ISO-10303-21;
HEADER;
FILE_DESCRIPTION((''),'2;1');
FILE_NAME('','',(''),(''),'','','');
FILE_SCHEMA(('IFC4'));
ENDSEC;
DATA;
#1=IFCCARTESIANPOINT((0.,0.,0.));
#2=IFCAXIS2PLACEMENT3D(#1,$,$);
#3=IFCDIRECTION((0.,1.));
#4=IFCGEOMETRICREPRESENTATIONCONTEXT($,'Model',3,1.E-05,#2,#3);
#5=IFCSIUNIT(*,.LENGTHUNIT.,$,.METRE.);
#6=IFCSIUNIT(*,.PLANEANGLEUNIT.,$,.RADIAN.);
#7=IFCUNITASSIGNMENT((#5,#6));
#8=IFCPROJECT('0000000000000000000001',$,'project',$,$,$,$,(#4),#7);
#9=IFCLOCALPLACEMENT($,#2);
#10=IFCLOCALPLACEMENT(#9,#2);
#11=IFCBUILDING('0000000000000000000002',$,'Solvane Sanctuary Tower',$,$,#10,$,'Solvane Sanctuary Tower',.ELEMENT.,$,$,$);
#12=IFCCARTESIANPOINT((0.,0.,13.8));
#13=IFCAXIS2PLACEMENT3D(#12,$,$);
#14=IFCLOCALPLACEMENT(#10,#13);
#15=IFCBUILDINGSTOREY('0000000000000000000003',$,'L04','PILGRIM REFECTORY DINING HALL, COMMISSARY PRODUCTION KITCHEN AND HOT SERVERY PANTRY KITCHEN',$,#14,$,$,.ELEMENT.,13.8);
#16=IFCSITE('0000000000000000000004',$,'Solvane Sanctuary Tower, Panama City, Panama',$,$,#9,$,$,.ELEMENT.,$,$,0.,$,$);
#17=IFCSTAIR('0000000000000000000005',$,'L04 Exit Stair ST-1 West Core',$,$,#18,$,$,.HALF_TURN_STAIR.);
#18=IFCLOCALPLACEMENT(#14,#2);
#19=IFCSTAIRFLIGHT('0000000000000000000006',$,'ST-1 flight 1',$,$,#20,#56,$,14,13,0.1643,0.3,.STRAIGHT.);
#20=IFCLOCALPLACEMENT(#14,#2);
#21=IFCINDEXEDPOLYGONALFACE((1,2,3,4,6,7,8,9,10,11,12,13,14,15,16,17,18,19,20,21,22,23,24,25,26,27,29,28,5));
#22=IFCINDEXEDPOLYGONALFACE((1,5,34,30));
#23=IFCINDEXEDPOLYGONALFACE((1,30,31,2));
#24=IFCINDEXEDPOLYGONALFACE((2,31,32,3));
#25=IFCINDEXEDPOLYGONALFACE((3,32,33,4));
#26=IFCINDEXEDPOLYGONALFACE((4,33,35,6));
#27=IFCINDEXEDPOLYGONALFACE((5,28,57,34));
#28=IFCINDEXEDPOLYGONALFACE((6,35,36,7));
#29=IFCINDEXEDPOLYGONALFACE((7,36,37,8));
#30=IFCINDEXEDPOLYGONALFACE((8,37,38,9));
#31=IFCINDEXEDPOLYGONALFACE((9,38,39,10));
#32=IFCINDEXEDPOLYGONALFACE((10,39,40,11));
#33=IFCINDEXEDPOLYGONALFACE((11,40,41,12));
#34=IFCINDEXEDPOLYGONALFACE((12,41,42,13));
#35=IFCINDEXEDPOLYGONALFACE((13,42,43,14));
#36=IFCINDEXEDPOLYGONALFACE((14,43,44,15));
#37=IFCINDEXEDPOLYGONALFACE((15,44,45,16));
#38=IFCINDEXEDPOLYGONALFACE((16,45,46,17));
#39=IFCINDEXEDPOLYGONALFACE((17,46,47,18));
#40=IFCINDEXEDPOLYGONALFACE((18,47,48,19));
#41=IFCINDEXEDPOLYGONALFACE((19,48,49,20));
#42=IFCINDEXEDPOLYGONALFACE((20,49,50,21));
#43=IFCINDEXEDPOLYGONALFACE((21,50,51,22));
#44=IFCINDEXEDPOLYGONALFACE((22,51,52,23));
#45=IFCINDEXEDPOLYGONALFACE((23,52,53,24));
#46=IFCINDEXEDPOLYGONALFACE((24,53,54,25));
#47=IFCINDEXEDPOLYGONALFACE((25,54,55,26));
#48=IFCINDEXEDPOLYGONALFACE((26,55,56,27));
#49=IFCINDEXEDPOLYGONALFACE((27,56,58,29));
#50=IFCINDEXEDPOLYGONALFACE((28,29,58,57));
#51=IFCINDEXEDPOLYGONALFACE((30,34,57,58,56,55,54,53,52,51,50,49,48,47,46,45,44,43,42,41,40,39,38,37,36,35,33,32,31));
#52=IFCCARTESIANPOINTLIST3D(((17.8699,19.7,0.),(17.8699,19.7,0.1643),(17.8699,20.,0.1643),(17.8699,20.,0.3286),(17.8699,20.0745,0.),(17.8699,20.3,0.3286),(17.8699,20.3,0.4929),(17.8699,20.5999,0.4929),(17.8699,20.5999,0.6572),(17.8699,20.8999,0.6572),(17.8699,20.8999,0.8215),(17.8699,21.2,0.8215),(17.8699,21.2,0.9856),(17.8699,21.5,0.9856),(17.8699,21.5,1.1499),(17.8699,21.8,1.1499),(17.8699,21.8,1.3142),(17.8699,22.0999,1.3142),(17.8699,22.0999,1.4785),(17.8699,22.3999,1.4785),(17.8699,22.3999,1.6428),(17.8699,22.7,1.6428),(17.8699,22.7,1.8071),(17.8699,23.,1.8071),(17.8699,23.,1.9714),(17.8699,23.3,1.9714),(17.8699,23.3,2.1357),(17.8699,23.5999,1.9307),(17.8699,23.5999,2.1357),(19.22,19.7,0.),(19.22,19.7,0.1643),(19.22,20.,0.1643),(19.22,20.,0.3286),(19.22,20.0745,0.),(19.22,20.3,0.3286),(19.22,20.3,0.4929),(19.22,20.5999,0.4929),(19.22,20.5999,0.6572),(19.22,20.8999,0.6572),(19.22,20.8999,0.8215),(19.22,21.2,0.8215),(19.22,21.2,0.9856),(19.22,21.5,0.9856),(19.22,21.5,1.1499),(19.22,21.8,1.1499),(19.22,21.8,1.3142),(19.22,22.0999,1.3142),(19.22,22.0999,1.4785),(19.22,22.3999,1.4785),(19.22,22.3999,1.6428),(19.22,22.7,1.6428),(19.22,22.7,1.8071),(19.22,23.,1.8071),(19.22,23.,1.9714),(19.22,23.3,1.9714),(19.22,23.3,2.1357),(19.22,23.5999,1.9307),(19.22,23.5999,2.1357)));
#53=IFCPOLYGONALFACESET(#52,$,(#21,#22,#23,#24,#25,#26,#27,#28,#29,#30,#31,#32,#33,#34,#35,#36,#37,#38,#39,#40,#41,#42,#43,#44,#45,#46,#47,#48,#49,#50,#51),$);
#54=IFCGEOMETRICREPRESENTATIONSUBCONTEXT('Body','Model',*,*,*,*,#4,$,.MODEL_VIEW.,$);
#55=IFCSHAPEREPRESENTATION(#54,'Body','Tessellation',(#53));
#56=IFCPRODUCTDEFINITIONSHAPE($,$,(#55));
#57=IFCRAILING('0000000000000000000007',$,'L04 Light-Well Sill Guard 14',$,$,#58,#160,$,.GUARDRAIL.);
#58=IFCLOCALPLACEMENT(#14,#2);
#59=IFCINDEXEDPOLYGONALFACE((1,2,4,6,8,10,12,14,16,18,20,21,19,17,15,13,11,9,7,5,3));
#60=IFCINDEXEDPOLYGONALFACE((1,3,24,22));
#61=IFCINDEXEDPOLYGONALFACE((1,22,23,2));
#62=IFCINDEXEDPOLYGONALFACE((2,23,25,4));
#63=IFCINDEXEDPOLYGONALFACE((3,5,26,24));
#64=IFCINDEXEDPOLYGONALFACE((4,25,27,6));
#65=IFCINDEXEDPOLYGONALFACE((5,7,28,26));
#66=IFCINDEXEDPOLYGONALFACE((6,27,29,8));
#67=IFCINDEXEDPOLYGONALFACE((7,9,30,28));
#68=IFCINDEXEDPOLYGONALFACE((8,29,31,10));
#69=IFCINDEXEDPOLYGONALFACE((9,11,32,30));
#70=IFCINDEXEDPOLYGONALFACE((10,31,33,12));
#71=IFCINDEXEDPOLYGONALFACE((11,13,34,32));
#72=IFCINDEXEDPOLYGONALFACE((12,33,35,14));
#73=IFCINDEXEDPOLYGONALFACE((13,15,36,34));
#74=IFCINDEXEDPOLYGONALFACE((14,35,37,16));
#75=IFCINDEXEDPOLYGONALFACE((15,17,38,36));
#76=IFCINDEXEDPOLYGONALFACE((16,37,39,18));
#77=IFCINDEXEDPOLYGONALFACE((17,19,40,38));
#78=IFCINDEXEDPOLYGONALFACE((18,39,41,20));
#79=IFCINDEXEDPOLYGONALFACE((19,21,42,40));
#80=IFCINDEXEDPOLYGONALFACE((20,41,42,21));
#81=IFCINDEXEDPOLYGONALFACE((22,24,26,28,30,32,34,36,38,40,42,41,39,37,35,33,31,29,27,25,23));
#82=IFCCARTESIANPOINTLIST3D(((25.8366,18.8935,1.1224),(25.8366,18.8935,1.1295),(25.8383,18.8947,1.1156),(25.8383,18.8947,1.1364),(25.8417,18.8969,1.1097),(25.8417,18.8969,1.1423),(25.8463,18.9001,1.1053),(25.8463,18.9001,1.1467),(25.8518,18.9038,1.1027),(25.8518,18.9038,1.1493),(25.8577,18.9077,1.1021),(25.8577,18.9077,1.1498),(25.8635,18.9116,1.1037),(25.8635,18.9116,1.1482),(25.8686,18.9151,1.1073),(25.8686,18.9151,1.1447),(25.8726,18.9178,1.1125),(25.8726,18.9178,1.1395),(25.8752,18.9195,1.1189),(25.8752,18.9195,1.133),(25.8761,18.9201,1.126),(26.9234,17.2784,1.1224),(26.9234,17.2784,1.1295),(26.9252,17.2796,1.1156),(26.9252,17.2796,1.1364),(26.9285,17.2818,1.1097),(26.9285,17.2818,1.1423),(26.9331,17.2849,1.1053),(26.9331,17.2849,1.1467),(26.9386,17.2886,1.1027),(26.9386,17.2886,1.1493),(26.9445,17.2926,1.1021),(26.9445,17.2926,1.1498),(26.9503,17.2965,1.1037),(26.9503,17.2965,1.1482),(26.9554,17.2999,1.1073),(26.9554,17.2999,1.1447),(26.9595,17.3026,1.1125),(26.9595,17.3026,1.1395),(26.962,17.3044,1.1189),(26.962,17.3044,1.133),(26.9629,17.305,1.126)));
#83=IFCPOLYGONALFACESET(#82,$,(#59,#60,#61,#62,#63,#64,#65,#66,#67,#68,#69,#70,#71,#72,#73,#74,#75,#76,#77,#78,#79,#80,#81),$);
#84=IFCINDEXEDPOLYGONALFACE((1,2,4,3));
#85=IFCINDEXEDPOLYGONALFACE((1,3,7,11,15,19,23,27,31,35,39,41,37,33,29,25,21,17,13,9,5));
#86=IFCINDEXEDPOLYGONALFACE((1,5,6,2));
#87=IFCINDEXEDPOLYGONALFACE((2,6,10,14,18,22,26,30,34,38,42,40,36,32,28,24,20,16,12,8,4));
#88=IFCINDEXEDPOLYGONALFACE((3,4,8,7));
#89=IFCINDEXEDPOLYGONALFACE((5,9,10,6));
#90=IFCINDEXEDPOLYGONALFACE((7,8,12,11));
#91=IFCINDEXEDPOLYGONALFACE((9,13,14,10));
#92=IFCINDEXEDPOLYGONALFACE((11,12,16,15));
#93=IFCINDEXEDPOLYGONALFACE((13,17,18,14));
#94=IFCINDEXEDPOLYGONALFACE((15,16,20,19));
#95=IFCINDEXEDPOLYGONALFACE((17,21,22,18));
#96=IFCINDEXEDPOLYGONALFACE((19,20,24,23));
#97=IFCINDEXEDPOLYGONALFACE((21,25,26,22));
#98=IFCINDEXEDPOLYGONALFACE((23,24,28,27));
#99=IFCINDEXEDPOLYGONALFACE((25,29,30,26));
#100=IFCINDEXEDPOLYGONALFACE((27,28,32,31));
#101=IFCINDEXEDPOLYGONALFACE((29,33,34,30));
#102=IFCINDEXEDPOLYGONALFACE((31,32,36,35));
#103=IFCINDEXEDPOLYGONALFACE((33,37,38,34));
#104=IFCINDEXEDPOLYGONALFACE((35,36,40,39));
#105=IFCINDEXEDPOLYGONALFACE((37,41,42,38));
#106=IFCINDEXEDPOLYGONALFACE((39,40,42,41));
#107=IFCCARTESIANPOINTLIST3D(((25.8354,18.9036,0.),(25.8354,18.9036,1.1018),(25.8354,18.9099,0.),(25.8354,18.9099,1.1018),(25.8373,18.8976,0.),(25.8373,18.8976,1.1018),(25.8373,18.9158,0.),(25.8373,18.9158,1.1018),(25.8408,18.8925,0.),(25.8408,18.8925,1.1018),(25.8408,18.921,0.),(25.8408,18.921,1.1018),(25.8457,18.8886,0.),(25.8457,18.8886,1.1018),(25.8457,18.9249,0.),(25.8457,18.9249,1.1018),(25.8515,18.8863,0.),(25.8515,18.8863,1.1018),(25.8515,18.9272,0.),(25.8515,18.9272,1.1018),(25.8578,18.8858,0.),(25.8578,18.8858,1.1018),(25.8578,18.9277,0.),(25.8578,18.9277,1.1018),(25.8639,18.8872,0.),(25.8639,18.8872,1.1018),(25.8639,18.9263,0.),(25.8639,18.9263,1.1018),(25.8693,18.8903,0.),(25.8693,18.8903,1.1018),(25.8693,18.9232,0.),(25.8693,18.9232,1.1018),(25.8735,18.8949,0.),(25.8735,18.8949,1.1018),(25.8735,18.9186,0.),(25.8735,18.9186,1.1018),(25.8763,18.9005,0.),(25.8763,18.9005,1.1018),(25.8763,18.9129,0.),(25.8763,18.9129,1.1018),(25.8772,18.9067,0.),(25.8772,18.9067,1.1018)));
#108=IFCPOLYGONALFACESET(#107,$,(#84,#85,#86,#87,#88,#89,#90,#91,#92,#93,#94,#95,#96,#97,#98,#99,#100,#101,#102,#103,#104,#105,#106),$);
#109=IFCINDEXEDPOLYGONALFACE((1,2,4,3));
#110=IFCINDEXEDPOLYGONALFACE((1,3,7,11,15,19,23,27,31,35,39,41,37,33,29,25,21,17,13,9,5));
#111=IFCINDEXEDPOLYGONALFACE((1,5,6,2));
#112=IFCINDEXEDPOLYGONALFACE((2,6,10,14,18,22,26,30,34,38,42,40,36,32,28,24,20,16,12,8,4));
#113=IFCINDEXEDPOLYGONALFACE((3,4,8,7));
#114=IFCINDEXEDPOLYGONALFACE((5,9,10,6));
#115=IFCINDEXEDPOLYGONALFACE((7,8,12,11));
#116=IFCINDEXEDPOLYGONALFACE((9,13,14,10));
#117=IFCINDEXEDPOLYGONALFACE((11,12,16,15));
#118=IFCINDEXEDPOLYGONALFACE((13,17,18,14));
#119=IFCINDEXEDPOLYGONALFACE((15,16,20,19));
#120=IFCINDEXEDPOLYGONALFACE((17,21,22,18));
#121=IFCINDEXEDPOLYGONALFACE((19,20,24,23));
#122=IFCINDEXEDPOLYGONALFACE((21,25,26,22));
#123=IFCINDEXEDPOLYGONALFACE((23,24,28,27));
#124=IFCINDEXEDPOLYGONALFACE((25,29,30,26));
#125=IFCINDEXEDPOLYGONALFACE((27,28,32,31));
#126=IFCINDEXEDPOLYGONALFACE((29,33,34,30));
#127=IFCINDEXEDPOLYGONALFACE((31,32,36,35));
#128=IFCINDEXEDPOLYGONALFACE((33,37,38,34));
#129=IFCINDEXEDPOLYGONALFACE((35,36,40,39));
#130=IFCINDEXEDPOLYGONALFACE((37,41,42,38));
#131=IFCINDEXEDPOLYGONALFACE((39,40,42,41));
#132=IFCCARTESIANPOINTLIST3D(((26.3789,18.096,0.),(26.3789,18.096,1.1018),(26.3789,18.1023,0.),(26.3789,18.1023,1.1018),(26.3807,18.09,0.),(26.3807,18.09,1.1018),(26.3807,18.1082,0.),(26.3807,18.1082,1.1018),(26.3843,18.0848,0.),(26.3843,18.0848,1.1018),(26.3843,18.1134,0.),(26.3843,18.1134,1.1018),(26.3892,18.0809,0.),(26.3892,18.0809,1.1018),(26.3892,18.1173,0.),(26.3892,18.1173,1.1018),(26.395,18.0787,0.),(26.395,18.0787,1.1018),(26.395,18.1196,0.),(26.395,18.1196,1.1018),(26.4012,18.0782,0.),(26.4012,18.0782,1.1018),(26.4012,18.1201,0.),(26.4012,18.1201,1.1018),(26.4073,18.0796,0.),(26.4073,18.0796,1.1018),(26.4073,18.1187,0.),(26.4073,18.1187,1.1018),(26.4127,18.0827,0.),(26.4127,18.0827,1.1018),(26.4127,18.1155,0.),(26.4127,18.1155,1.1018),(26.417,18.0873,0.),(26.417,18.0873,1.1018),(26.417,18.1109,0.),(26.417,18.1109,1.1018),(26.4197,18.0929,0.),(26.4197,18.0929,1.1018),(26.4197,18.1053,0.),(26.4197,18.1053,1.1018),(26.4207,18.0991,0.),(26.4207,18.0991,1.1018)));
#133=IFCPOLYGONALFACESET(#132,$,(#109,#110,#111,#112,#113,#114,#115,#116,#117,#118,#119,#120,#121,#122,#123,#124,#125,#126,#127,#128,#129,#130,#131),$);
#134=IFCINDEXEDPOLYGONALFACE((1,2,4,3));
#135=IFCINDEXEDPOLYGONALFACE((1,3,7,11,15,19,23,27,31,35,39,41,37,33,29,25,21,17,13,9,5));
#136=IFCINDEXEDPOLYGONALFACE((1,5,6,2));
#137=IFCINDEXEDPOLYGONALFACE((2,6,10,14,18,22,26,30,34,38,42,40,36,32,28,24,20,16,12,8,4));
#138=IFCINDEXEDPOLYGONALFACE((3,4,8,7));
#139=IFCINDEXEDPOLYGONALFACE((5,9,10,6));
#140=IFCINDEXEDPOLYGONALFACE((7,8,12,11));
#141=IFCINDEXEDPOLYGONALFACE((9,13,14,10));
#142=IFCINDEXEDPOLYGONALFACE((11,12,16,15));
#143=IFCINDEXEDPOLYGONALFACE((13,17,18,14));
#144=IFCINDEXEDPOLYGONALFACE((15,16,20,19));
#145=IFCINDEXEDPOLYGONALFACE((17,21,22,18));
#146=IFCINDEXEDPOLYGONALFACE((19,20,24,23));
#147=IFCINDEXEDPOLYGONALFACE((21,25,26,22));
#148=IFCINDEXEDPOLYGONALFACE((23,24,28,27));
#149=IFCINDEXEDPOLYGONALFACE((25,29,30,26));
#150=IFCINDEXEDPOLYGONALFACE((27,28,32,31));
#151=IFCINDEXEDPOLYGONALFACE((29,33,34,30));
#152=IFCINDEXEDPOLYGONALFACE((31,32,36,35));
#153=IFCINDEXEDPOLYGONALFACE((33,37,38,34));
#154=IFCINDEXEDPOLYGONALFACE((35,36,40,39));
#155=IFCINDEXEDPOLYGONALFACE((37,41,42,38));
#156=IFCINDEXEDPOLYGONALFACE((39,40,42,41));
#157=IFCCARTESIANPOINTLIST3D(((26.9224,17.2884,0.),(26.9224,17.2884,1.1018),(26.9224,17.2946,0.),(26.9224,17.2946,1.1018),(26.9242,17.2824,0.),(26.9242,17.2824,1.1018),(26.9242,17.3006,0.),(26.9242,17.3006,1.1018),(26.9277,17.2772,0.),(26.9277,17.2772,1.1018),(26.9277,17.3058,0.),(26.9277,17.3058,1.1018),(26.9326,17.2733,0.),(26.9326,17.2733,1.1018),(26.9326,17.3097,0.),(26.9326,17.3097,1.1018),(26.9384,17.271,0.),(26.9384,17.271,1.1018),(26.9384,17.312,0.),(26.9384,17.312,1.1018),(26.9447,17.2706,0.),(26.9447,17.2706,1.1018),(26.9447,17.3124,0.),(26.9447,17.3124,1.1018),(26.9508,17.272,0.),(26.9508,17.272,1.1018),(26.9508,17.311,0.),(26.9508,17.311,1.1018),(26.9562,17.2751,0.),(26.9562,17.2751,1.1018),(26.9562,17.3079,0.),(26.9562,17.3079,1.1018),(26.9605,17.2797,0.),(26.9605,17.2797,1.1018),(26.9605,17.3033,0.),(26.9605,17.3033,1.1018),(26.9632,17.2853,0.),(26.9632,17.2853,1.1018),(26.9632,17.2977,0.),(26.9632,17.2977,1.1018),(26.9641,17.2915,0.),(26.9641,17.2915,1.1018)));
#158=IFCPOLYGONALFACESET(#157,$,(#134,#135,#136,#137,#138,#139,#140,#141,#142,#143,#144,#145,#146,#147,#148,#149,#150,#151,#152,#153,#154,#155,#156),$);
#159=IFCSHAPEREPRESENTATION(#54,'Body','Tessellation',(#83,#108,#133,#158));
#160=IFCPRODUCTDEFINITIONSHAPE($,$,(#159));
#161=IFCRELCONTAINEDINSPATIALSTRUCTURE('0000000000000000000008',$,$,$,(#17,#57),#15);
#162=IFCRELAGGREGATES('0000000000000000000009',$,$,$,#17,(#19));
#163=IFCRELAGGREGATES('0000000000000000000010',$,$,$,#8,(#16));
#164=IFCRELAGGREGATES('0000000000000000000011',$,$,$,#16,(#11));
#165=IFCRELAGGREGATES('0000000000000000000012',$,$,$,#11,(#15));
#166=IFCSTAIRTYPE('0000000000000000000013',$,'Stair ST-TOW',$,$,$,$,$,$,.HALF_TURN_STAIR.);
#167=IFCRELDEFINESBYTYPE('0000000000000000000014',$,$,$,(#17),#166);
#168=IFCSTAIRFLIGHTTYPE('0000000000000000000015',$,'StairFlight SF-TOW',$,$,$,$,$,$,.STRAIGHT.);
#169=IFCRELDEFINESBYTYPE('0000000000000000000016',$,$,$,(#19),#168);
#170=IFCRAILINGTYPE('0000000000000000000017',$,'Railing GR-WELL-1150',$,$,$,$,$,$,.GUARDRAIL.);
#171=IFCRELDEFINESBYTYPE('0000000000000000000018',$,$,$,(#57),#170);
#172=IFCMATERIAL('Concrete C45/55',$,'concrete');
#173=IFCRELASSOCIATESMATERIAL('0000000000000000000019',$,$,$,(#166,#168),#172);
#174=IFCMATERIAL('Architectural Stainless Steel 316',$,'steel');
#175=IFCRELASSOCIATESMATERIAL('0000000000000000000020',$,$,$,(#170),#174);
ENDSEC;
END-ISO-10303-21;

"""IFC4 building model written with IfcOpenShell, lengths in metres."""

from ifc_helpers import new_model, si_unit, direction, frame, origin, origin_2d, place, context, subcontext, project, spatial, polyline, circle, outline, extrude, material, type_object, element, aggregate, save


model = new_model("IFC4")

# Units and contexts
model_context = context("Model", 3, precision=1e-05, world=origin(), true_north=direction((0.0, 1.0)))
body_context = subcontext(model_context, "Body", "Model", "MODEL_VIEW")
ifc_project = project(units=[si_unit("LENGTHUNIT", "METRE"), si_unit("PLANEANGLEUNIT", "RADIAN")], contexts=[model_context])

# Site, building, storey
site_placement = place(None, origin())
site = spatial("IfcSite", under=ifc_project, at=site_placement, Name="Solvane Sanctuary Tower, Panama City, Panama", CompositionType="ELEMENT", RefElevation=0.0)
building_placement = place(site_placement, origin())
building = spatial("IfcBuilding", under=site, at=building_placement, Name="Solvane Sanctuary Tower", LongName="Solvane Sanctuary Tower", CompositionType="ELEMENT")
storey_placement = place(building_placement, frame((0.0, 0.0, 13.8)))
storey = spatial("IfcBuildingStorey", under=building, at=storey_placement, Name="L04", Description="PILGRIM REFECTORY DINING HALL, COMMISSARY PRODUCTION KITCHEN AND HOT SERVERY PANTRY KITCHEN", CompositionType="ELEMENT", Elevation=13.8)

# Shared definitions
ifc_material_1 = material(Name="Architectural Stainless Steel 316", Category="steel")

# Stair, stair flight
ifc_material_2 = material(Name="Concrete C45/55", Category="concrete")
stair_type = type_object("IfcStairType", Name="Stair ST-TOW", PredefinedType="HALF_TURN_STAIR", material=ifc_material_2)
stair_placement = place(storey_placement, origin())
stair = element("IfcStair", 1, at=stair_placement, inside=storey, type_object=stair_type, Name="L04 Exit Stair ST-1 West Core", PredefinedType="HALF_TURN_STAIR")
stair_flight_type = type_object("IfcStairFlightType", Name="StairFlight SF-TOW", PredefinedType="STRAIGHT", material=ifc_material_2)
stair_flight_placement = place(storey_placement, frame((18.5449, 19.7, 0.0), z_axis=(0.0, 0.0, 1.0), x_axis=(0.0, 1.0, 0.0)))
stair_flight = element("IfcStairFlight", 2, at=stair_flight_placement, type_object=stair_flight_type, Name="ST-1 flight 1", NumberOfRisers=14, NumberOfTreads=13, PredefinedType="STRAIGHT", RiserHeight=0.1643, TreadLength=0.3, context=body_context, shape_type="SweptSolid", body=[
    extrude(outline(polyline([(0.0, 0.0), (0.0, 0.1643), (0.3, 0.1643), (0.3, 0.3286), (0.6001, 0.3286), (0.6001, 0.4929), (0.8999, 0.4929), (0.8999, 0.6572), (1.2, 0.6572), (1.2, 0.8215), (1.5, 0.8215), (1.5, 0.9856), (1.8, 0.9856), (1.8, 1.1499), (2.1001, 1.1499), (2.1001, 1.3142), (2.3999, 1.3142), (2.3999, 1.4785), (2.7, 1.4785), (2.7, 1.6428), (3.0, 1.6428), (3.0, 1.8071), (3.3, 1.8071), (3.3, 1.9714), (3.6001, 1.9714), (3.6001, 2.1357), (3.8999, 2.1357), (3.8999, 2.3), (3.8999, 1.9307), (0.3745, 0.0), (0.0, 0.0)])), frame((0.0, 0.675, 0.0), z_axis=(0.0, -1.0, 0.0), x_axis=(1.0, 0.0, 0.0)), (0.0, 0.0, 1.0), 1.3501),
])
aggregate(stair, [stair_flight])

# Railing
railing_type = type_object("IfcRailingType", Name="Railing GR-WELL-1150", PredefinedType="GUARDRAIL", material=ifc_material_1)
railing_placement = place(storey_placement, frame((25.8562, 18.9067, 0.0)))
element("IfcRailing", 3, at=railing_placement, inside=storey, type_object=railing_type, Name="L04 Light-Well Sill Guard 14", PredefinedType="GUARDRAIL", context=body_context, shape_type="SweptSolid", body=[
    extrude(circle(Radius=0.0239, at=origin_2d()), frame((0.0, 0.0, 1.126), z_axis=(0.558283, -0.82965, 0.0), x_axis=(0.82965, 0.558283, 0.0)), (0.0, 0.0, 1.0), 1.9468),
    extrude(circle(Radius=0.021, at=origin_2d()), origin(), (0.0, 0.0, 1.0), 1.1018),
    extrude(circle(Radius=0.021, at=origin_2d()), frame((0.5435, -0.8076, 0.0)), (0.0, 0.0, 1.0), 1.1018),
    extrude(circle(Radius=0.021, at=origin_2d()), frame((1.0869, -1.6152, 0.0)), (0.0, 0.0, 1.0), 1.1018),
])

save(model, "model.ifc")
